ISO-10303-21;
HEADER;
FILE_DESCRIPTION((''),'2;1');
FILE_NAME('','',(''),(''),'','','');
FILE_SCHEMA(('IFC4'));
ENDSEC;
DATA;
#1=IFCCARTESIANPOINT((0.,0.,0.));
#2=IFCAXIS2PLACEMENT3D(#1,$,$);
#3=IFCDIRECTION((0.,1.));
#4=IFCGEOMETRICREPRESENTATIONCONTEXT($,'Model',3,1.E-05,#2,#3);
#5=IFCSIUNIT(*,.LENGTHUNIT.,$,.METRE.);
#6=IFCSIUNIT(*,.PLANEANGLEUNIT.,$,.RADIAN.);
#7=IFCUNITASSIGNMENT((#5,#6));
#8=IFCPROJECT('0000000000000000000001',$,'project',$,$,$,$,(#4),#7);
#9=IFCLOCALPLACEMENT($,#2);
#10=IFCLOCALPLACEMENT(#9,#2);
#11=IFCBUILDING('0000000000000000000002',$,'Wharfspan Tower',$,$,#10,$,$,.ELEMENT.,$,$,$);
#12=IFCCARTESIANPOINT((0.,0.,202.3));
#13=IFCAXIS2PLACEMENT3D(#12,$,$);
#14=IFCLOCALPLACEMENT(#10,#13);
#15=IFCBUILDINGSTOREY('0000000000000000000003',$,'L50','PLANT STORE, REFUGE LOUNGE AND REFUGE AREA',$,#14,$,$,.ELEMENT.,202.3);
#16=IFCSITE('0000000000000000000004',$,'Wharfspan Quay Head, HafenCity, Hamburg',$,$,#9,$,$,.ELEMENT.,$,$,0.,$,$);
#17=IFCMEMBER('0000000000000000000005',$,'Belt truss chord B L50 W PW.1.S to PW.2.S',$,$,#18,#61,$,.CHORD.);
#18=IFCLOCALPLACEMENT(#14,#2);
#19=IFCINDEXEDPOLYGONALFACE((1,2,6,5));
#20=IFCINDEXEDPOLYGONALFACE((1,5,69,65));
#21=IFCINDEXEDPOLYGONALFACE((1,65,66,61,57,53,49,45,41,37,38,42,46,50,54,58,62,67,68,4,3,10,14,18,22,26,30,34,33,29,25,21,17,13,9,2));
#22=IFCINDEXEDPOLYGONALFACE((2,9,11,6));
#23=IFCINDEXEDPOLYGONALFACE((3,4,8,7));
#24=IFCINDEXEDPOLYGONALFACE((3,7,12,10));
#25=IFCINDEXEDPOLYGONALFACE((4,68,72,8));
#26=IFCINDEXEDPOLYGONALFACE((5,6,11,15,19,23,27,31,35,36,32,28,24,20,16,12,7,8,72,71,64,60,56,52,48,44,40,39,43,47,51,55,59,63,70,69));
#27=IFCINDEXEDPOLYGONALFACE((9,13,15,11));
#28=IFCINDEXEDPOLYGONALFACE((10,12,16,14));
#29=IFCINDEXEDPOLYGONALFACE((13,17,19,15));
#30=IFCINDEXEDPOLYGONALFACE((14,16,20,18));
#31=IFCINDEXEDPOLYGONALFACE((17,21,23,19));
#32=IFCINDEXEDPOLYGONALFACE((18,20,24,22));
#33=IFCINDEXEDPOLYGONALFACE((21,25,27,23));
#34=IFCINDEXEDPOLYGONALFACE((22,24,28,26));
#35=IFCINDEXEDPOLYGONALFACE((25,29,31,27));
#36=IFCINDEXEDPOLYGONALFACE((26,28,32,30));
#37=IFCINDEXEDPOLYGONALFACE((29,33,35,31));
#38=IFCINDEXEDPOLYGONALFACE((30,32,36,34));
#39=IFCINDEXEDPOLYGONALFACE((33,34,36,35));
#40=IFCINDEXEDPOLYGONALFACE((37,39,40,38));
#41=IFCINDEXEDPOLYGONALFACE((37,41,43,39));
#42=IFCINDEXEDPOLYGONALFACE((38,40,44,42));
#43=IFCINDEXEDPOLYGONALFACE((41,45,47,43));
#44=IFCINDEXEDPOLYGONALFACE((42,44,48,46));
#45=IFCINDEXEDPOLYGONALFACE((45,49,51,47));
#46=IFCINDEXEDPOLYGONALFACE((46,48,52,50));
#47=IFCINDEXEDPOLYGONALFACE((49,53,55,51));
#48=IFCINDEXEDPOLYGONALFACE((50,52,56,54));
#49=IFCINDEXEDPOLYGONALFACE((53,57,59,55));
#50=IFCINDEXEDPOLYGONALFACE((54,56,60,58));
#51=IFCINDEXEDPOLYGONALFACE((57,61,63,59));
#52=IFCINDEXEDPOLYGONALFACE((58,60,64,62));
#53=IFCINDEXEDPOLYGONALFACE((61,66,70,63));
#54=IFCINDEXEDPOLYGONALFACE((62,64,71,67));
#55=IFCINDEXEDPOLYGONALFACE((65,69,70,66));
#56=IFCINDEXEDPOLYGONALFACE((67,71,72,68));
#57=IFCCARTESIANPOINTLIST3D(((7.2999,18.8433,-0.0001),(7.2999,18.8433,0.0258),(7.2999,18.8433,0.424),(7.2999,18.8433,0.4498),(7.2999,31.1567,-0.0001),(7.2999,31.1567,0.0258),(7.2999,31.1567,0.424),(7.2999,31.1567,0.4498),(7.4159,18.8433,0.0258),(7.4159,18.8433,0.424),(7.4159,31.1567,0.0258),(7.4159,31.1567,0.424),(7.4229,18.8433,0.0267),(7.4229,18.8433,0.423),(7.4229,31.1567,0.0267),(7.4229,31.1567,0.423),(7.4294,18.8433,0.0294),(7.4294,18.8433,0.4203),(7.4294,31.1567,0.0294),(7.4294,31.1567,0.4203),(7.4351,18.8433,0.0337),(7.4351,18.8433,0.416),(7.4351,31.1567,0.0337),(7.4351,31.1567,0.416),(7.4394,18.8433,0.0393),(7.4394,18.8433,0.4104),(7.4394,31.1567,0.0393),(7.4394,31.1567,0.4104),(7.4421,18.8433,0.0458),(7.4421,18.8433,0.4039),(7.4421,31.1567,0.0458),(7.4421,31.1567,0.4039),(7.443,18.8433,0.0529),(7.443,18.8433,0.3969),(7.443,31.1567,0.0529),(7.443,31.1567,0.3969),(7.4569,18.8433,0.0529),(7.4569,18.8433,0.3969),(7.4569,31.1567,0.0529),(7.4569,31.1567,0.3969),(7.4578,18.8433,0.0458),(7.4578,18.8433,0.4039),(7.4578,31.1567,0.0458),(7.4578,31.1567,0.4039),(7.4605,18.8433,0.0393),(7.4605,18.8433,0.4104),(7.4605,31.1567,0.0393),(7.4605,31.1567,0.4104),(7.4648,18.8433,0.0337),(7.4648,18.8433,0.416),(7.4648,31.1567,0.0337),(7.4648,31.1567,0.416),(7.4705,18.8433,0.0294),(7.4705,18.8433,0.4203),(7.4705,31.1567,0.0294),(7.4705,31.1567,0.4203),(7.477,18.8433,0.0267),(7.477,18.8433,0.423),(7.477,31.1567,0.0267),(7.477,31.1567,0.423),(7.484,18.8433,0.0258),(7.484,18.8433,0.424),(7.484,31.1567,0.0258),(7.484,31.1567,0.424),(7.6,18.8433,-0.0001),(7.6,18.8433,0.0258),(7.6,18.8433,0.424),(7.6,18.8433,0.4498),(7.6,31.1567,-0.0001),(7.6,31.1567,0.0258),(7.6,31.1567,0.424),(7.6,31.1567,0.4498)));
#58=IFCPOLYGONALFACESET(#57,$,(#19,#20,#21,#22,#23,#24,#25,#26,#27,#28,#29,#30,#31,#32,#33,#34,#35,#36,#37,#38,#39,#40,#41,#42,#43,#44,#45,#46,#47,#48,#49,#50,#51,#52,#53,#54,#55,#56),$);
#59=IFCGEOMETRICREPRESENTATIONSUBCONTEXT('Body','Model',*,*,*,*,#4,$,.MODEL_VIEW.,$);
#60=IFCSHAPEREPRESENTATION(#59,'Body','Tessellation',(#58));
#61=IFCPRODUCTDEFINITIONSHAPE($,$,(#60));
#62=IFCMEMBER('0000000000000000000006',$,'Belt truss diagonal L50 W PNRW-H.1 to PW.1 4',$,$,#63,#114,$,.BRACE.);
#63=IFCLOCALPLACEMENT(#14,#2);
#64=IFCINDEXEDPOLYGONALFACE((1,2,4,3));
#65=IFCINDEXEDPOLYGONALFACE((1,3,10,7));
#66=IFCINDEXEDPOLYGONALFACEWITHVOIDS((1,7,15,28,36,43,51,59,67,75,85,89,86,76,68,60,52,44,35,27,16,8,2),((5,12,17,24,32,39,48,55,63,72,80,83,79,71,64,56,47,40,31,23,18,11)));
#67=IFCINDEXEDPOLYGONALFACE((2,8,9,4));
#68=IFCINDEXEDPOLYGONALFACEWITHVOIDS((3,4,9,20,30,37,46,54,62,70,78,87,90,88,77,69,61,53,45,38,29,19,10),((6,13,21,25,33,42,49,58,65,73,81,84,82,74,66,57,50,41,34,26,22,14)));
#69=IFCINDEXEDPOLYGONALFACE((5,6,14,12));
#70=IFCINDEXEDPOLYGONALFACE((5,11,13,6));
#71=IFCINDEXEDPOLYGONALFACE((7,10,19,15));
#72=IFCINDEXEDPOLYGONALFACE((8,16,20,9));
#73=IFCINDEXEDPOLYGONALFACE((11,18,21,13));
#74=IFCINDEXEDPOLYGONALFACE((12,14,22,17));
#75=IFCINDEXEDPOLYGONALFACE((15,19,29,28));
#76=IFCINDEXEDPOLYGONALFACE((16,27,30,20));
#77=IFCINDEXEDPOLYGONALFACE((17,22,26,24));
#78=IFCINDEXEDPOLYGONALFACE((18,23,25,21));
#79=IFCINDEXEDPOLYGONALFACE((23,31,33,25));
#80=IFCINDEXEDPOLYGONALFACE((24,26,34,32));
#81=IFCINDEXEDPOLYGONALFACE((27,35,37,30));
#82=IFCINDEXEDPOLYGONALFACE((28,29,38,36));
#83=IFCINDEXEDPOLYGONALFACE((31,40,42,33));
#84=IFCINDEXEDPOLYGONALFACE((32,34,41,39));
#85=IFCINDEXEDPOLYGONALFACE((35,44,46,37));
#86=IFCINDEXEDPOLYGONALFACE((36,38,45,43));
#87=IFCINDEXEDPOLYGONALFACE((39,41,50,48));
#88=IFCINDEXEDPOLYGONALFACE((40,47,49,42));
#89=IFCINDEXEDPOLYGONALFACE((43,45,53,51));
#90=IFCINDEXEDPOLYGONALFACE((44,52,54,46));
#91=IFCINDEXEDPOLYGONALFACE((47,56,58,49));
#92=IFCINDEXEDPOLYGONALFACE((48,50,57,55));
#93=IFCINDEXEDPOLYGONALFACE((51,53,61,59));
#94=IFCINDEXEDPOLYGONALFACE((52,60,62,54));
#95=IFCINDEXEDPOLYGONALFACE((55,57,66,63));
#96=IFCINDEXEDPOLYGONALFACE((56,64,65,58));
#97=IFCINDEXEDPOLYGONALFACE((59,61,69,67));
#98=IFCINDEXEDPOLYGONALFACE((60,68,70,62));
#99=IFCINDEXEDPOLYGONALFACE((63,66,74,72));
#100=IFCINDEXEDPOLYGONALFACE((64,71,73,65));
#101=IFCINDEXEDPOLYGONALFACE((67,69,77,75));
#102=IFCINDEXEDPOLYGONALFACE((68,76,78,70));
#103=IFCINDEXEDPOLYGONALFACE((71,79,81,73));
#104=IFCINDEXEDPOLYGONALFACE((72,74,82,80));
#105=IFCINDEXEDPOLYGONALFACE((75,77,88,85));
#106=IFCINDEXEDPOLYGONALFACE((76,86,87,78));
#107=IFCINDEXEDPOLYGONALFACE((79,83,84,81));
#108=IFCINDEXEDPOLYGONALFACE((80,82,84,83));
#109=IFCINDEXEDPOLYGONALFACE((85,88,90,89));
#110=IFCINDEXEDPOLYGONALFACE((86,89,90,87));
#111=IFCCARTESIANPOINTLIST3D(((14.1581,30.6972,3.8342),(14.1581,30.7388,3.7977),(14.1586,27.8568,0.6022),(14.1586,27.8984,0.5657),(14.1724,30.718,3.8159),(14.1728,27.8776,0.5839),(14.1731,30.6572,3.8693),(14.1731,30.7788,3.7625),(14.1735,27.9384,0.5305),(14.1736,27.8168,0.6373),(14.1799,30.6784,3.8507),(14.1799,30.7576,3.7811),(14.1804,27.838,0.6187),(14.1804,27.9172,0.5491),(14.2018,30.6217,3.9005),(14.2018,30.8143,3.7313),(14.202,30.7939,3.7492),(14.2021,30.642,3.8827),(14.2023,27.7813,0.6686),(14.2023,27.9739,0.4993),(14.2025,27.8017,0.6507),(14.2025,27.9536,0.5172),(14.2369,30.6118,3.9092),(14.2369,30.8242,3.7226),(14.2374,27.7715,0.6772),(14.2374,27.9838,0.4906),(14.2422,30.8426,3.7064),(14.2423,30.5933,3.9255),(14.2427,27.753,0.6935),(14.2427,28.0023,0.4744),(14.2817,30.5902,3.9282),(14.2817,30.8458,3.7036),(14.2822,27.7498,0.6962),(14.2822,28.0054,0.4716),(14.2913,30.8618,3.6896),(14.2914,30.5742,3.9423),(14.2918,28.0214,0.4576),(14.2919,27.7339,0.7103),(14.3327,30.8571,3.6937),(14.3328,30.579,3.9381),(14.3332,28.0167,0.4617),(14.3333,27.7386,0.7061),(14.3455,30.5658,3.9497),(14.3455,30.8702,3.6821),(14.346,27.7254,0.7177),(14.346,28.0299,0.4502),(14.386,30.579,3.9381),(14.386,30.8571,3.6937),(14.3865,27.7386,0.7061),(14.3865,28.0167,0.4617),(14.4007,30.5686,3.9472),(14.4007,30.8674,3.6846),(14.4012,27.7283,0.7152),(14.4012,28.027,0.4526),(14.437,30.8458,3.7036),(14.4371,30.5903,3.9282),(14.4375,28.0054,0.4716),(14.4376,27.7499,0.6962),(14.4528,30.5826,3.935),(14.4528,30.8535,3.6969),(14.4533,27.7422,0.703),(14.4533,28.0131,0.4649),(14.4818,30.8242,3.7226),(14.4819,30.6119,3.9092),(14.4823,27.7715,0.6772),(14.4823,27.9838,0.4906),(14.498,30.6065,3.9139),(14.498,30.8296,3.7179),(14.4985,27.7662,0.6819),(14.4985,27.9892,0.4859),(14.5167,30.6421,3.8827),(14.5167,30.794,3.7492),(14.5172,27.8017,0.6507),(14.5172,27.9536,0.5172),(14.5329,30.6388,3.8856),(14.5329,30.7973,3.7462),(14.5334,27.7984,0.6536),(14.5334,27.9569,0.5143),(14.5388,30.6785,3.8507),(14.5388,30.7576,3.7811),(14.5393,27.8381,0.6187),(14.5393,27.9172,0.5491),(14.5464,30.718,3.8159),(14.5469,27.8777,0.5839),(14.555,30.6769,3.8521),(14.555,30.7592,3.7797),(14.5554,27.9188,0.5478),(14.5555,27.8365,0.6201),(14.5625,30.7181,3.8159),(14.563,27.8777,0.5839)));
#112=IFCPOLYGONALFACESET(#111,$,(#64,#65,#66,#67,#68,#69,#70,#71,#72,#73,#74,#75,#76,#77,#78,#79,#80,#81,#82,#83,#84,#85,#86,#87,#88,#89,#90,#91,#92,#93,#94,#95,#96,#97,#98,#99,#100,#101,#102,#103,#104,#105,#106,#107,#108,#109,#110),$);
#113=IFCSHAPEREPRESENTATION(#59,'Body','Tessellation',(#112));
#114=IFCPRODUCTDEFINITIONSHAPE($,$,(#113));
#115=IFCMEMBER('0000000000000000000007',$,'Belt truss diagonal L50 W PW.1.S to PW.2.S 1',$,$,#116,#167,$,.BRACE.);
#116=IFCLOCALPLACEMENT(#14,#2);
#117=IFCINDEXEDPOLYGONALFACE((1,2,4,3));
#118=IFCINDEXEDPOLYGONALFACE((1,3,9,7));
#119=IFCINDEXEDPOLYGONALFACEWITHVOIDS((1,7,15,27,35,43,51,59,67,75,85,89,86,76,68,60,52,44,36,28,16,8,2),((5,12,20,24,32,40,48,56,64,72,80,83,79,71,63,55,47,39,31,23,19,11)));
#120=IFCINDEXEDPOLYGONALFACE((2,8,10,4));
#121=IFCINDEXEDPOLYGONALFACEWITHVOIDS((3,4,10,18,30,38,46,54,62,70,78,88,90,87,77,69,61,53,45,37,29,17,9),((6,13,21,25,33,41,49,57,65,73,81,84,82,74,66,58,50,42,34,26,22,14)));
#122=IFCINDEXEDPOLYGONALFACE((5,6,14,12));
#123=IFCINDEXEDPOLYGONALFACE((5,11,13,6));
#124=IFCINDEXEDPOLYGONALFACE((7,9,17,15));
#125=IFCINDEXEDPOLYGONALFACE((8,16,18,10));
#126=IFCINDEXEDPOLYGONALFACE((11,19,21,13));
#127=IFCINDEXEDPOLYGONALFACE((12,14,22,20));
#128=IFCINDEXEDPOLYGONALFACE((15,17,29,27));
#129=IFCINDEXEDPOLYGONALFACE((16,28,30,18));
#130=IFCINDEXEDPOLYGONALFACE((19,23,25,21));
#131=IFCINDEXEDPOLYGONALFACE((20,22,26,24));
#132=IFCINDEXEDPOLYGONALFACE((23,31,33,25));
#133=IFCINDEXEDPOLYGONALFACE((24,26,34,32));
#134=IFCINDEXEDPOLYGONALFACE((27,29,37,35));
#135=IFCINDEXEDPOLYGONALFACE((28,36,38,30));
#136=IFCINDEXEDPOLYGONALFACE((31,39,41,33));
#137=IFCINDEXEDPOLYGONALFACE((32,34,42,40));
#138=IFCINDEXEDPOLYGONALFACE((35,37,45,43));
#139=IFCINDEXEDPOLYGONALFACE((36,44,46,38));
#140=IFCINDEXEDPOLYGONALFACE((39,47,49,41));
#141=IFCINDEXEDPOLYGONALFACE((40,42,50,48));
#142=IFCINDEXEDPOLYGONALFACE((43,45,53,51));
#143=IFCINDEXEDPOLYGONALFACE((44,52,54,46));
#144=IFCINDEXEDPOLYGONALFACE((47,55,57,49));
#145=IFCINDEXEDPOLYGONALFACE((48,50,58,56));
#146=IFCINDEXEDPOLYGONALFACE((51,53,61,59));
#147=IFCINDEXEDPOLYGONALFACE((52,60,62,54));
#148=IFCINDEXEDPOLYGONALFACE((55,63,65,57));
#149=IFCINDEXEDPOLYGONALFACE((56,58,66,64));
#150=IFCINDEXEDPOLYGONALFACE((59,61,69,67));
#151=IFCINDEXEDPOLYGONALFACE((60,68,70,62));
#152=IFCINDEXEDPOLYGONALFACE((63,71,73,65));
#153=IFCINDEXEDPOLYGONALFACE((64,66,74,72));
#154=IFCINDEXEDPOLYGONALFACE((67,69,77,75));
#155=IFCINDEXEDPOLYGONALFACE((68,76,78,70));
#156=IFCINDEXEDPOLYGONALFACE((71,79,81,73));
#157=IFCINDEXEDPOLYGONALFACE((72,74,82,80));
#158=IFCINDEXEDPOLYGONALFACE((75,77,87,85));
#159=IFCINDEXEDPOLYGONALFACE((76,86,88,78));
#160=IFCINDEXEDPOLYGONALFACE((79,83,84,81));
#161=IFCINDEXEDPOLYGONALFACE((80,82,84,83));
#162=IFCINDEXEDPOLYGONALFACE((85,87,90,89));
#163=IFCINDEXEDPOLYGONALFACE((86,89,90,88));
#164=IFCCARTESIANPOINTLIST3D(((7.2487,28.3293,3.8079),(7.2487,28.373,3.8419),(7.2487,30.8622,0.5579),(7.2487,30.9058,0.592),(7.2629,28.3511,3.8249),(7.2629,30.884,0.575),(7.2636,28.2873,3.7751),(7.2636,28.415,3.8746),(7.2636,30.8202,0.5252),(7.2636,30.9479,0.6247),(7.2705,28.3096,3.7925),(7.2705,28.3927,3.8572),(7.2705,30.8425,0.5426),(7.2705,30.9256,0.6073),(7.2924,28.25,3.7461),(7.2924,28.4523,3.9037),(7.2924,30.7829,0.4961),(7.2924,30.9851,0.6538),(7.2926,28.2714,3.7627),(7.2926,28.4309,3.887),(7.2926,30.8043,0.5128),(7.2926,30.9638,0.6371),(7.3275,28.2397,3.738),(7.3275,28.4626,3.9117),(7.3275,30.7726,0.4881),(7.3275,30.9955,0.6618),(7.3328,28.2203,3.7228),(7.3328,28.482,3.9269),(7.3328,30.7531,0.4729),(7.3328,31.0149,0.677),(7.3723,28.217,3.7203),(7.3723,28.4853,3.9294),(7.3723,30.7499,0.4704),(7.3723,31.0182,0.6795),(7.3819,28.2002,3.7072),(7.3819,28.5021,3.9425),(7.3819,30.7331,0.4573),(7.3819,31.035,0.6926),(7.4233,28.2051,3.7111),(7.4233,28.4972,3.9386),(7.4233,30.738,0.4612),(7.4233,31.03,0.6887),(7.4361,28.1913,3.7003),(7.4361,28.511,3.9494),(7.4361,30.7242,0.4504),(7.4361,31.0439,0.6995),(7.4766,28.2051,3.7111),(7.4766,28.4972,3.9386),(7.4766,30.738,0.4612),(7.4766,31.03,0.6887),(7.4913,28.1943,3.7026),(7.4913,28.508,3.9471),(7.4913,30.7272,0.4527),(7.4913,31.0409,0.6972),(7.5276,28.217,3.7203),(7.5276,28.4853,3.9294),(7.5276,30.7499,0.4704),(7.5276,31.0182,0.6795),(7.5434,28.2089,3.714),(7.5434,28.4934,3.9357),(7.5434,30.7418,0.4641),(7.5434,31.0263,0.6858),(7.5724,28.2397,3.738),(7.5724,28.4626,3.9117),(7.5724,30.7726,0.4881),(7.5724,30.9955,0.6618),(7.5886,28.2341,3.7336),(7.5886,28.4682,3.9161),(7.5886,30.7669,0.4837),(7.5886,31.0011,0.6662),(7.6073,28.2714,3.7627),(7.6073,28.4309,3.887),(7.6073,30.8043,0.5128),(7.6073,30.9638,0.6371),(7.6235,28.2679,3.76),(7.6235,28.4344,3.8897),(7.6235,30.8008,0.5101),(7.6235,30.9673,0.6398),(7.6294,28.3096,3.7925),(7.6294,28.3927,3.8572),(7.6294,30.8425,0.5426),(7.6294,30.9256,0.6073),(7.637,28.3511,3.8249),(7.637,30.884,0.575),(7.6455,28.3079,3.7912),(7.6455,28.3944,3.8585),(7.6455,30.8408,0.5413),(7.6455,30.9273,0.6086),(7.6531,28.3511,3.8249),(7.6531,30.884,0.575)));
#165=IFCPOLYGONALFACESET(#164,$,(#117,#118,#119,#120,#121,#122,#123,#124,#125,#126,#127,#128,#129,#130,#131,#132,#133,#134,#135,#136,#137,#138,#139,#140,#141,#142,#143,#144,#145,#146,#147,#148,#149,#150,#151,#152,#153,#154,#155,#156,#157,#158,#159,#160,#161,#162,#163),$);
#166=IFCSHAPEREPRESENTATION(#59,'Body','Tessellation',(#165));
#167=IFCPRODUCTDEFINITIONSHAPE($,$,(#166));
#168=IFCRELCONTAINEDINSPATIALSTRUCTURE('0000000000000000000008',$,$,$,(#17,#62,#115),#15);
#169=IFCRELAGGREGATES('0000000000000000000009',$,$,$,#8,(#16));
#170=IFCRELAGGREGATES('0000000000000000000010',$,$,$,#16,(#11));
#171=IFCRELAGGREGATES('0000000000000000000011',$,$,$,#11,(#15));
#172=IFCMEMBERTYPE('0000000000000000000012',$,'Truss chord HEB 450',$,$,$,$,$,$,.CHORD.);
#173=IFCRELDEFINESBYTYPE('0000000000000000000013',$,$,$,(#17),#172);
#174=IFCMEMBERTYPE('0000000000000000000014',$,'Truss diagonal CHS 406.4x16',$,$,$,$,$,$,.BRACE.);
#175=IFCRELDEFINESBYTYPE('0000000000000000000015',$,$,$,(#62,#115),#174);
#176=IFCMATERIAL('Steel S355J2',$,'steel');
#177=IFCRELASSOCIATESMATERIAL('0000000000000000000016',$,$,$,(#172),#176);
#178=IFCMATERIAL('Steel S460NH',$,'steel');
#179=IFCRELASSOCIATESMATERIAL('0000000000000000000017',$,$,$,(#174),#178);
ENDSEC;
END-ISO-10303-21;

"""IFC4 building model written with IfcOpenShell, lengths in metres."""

from ifc_helpers import new_model, si_unit, direction, frame, origin, origin_2d, place, context, subcontext, project, spatial, hollow_circle, i_section, extrude, material, material_profile, profile_set, type_object, element, save


model = new_model("IFC4")

# Units and contexts
model_context = context("Model", 3, precision=1e-05, world=origin(), true_north=direction((0.0, 1.0)))
body_context = subcontext(model_context, "Body", "Model", "MODEL_VIEW")
ifc_project = project(units=[si_unit("LENGTHUNIT", "METRE"), si_unit("PLANEANGLEUNIT", "RADIAN")], contexts=[model_context])

# Site, building, storey
site_placement = place(None, origin())
site = spatial("IfcSite", under=ifc_project, at=site_placement, Name="Wharfspan Quay Head, HafenCity, Hamburg", CompositionType="ELEMENT", RefElevation=0.0)
building_placement = place(site_placement, origin())
building = spatial("IfcBuilding", under=site, at=building_placement, Name="Wharfspan Tower", CompositionType="ELEMENT")
storey_placement = place(building_placement, frame((0.0, 0.0, 202.3)))
storey = spatial("IfcBuildingStorey", under=building, at=storey_placement, Name="L50", Description="PLANT STORE, REFUGE LOUNGE AND REFUGE AREA", CompositionType="ELEMENT", Elevation=202.3)

# Shared definitions
ifc_material_1 = material(Name="Steel S355J2", Category="steel")

# Members
ifc_material_2 = material(Name="Steel S460NH", Category="steel")
ifc_material_profile_1 = material_profile(ifc_material_1, i_section(OverallWidth=0.3, OverallDepth=0.45, WebThickness=0.0139, FlangeThickness=0.0259, FilletRadius=0.0271, at=origin_2d()))
ifc_profile_set_1 = profile_set([ifc_material_profile_1], Name="Steel S355J2")
member_type_1 = type_object("IfcMemberType", Name="Truss chord HEB 450", PredefinedType="CHORD", material=ifc_profile_set_1)
for number, where, z_axis, x_axis, name in (
    (1, (7.45, 31.1567, 0.2249), (0.0, -1.0, 0.0), (1.0, 0.0, 0.0), "Belt truss chord B L50 W PW.1.S to PW.2.S"),
):
    element("IfcMember", number, at=place(storey_placement, frame(where, z_axis=z_axis, x_axis=x_axis)), inside=storey, type_object=member_type_1, Name=name, PredefinedType="CHORD", context=body_context, shape_type="SweptSolid", body=[
        extrude(i_section(OverallWidth=0.3, OverallDepth=0.45, WebThickness=0.0139, FlangeThickness=0.0259, FilletRadius=0.0271, at=origin_2d()), origin(), (0.0, 0.0, 1.0), 12.3135),
    ])
ifc_material_profile_2 = material_profile(ifc_material_2, hollow_circle(Radius=0.2031, WallThickness=0.0161, at=origin_2d()))
ifc_profile_set_2 = profile_set([ifc_material_profile_2], Name="Steel S460NH")
member_type_2 = type_object("IfcMemberType", Name="Truss diagonal CHS 406.4x16", PredefinedType="BRACE", material=ifc_profile_set_2)
member_1_placement = place(storey_placement, frame((14.3594, 30.718, 3.8159), z_axis=(0.000113, -0.660134, -0.751148), x_axis=(0.999996, 0.00017, 0.000001)))
element("IfcMember", 2, at=member_1_placement, inside=storey, type_object=member_type_2, Name="Belt truss diagonal L50 W PNRW-H.1 to PW.1 4", PredefinedType="BRACE", context=body_context, shape_type="SweptSolid", body=[
    extrude(hollow_circle(Radius=0.2031, WallThickness=0.0161, at=origin_2d()), origin(), (0.0, 0.0, 1.0), 4.3027),
])
for number, where, z_axis, x_axis, name in (
    (3, (7.45, 30.884, 0.575), (0.0, -0.614724, 0.788742), (1.0, 0.0, 0.0), "Belt truss diagonal L50 W PW.1.S to PW.2.S 1"),
):
    element("IfcMember", number, at=place(storey_placement, frame(where, z_axis=z_axis, x_axis=x_axis)), inside=storey, type_object=member_type_2, Name=name, PredefinedType="BRACE", context=body_context, shape_type="SweptSolid", body=[
        extrude(hollow_circle(Radius=0.2031, WallThickness=0.0161, at=origin_2d()), origin(), (0.0, 0.0, 1.0), 4.1204),
    ])

save(model, "model.ifc")
